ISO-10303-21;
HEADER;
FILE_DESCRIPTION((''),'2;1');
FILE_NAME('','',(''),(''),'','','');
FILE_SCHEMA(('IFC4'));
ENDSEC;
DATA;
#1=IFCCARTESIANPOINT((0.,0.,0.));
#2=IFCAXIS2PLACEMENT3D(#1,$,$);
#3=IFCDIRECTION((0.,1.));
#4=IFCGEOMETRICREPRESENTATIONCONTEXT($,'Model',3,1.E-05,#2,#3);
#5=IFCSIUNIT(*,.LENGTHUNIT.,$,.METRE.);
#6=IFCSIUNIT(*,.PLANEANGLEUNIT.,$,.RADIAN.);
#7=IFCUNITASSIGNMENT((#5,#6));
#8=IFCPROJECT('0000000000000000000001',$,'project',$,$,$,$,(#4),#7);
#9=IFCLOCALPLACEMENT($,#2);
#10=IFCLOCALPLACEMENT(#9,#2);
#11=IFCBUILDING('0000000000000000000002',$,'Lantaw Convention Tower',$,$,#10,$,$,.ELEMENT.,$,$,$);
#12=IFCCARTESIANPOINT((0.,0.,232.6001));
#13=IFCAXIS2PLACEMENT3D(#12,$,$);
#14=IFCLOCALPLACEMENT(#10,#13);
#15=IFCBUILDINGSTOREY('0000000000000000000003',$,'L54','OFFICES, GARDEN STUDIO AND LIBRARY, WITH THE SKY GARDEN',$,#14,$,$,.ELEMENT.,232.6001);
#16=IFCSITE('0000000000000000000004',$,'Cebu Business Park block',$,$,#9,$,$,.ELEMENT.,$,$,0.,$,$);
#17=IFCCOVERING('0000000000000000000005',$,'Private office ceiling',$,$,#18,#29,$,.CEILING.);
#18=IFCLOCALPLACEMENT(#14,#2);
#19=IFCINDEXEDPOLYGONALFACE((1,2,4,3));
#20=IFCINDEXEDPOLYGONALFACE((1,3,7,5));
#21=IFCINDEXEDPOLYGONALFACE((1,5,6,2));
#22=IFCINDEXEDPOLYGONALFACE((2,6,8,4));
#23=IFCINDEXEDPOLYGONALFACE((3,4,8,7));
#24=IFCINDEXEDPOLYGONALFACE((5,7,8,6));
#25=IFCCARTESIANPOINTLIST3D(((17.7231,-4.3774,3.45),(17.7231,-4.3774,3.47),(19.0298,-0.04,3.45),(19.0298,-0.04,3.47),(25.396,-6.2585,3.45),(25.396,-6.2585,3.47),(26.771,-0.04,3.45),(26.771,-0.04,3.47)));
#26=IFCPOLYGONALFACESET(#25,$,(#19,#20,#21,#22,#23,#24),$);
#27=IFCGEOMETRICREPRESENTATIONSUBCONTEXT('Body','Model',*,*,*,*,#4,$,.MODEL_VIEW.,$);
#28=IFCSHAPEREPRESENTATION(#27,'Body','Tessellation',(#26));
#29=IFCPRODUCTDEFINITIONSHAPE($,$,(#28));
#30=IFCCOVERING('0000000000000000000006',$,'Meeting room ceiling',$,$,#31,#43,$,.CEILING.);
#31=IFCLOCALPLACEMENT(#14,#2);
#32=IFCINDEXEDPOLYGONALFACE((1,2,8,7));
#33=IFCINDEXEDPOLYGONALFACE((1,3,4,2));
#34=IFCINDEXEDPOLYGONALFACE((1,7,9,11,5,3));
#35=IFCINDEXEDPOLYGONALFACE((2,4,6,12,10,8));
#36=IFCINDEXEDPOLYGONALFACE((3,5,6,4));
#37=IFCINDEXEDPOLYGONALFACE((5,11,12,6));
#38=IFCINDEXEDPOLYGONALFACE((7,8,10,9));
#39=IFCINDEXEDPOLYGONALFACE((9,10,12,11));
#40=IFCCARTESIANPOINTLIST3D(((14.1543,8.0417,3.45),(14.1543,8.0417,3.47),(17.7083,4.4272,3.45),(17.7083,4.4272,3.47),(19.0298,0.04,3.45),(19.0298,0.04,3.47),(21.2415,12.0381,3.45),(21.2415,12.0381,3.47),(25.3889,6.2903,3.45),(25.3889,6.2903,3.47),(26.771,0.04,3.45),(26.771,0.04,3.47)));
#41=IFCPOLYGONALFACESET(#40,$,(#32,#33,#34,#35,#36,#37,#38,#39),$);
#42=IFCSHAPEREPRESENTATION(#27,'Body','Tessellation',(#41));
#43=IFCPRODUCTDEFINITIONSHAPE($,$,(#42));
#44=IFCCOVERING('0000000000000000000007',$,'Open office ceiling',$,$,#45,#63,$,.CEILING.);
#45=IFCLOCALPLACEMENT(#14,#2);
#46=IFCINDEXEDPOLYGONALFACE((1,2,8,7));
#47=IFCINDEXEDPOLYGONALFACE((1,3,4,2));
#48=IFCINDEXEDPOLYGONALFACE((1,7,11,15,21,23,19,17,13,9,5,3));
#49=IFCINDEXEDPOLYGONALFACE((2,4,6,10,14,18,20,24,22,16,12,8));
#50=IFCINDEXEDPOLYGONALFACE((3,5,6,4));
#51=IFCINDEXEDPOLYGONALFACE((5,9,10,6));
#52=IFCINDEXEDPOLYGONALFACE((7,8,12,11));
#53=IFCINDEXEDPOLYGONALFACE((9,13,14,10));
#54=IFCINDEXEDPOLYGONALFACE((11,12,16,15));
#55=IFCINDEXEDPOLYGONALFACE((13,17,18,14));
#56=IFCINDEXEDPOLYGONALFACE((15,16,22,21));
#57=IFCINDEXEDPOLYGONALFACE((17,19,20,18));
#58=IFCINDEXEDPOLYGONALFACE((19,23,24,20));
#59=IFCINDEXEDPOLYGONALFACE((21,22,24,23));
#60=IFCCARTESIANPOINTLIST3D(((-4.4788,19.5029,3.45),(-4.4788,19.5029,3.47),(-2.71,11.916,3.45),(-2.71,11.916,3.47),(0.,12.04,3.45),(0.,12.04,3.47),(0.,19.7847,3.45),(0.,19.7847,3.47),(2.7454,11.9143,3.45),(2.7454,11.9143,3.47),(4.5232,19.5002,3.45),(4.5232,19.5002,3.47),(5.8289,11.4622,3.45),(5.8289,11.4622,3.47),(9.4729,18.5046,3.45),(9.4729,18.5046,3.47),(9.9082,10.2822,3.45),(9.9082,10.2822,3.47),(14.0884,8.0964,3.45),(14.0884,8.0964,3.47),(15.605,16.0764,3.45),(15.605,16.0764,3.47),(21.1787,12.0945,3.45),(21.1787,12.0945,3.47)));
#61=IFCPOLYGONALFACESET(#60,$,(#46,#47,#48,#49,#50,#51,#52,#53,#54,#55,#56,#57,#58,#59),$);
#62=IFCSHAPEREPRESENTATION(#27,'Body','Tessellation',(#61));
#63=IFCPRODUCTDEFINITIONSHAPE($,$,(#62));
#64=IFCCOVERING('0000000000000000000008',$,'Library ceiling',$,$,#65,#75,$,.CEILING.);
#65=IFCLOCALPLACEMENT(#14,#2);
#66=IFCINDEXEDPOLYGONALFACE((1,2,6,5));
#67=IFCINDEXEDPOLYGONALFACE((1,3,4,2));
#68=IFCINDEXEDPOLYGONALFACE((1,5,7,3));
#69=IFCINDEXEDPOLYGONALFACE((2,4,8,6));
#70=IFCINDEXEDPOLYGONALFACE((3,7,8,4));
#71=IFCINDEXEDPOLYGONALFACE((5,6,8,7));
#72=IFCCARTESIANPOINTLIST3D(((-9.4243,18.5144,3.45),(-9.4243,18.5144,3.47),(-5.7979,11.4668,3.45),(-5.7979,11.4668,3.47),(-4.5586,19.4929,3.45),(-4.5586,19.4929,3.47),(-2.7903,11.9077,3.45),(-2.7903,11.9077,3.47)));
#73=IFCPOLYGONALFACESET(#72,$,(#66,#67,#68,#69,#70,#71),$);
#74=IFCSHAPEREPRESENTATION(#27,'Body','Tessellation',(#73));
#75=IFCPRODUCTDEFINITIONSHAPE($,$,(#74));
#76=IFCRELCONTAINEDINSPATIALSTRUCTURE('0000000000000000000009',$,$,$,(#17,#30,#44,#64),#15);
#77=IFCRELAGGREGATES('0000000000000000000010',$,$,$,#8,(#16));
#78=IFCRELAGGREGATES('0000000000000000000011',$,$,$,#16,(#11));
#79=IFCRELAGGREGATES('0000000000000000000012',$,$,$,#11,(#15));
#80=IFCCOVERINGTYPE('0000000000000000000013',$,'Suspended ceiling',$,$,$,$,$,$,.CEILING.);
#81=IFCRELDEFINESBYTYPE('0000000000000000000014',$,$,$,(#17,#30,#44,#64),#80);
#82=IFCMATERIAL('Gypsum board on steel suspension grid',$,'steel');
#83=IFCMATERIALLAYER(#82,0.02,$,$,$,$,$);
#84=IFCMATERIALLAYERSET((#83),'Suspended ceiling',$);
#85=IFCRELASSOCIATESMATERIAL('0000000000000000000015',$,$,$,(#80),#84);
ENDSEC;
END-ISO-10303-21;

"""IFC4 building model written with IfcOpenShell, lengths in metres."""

from ifc_helpers import new_model, si_unit, direction, frame, origin, place, context, subcontext, project, spatial, polyline, outline, extrude, material, layer, layer_set, type_object, element, save


model = new_model("IFC4")

# Units and contexts
model_context = context("Model", 3, precision=1e-05, world=origin(), true_north=direction((0.0, 1.0)))
body_context = subcontext(model_context, "Body", "Model", "MODEL_VIEW")
ifc_project = project(units=[si_unit("LENGTHUNIT", "METRE"), si_unit("PLANEANGLEUNIT", "RADIAN")], contexts=[model_context])

# Site, building, storey
site_placement = place(None, origin())
site = spatial("IfcSite", under=ifc_project, at=site_placement, Name="Cebu Business Park block", CompositionType="ELEMENT", RefElevation=0.0)
building_placement = place(site_placement, origin())
building = spatial("IfcBuilding", under=site, at=building_placement, Name="Lantaw Convention Tower", CompositionType="ELEMENT")
storey_placement = place(building_placement, frame((0.0, 0.0, 232.6001)))
storey = spatial("IfcBuildingStorey", under=building, at=storey_placement, Name="L54", Description="OFFICES, GARDEN STUDIO AND LIBRARY, WITH THE SKY GARDEN", CompositionType="ELEMENT", Elevation=232.6001)

# Coverings
ifc_material_1 = material(Name="Gypsum board on steel suspension grid", Category="steel")
ifc_layer_1 = layer(ifc_material_1, 0.02)
ifc_layer_set_1 = layer_set([ifc_layer_1], Name="Suspended ceiling")
covering_type = type_object("IfcCoveringType", Name="Suspended ceiling", PredefinedType="CEILING", material=ifc_layer_set_1)
covering_1_placement = place(storey_placement, frame((0.0, 0.0, 3.45)))
element("IfcCovering", 1, at=covering_1_placement, inside=storey, type_object=covering_type, Name="Private office ceiling", PredefinedType="CEILING", context=body_context, shape_type="SweptSolid", body=[
    extrude(outline(polyline([(17.7231, -4.3774), (25.396, -6.2585), (26.771, -0.04), (19.0298, -0.04), (17.7231, -4.3774)])), origin(), (0.0, 0.0, 1.0), 0.02),
])
covering_2_placement = place(storey_placement, frame((0.0, 0.0, 3.45)))
element("IfcCovering", 2, at=covering_2_placement, inside=storey, type_object=covering_type, Name="Meeting room ceiling", PredefinedType="CEILING", context=body_context, shape_type="SweptSolid", body=[
    extrude(outline(polyline([(19.0298, 0.04), (26.771, 0.04), (25.3889, 6.2903), (21.2415, 12.0381), (14.1543, 8.0417), (17.7083, 4.4272), (19.0298, 0.04)])), origin(), (0.0, 0.0, 1.0), 0.02),
])
covering_3_placement = place(storey_placement, frame((0.0, 0.0, 3.45)))
element("IfcCovering", 3, at=covering_3_placement, inside=storey, type_object=covering_type, Name="Open office ceiling", PredefinedType="CEILING", context=body_context, shape_type="SweptSolid", body=[
    extrude(outline(polyline([(14.0884, 8.0964), (21.1787, 12.0945), (15.605, 16.0764), (9.4729, 18.5046), (4.5232, 19.5002), (0.0, 19.7847), (-4.4788, 19.5029), (-2.71, 11.916), (0.0, 12.04), (2.7454, 11.9143), (5.8289, 11.4622), (9.9082, 10.2822), (14.0884, 8.0964)])), origin(), (0.0, 0.0, 1.0), 0.02),
])
covering_4_placement = place(storey_placement, frame((0.0, 0.0, 3.45)))
element("IfcCovering", 4, at=covering_4_placement, inside=storey, type_object=covering_type, Name="Library ceiling", PredefinedType="CEILING", context=body_context, shape_type="SweptSolid", body=[
    extrude(outline(polyline([(-2.7903, 11.9077), (-4.5586, 19.4929), (-9.4243, 18.5144), (-5.7979, 11.4668), (-2.7903, 11.9077)])), origin(), (0.0, 0.0, 1.0), 0.02),
])

save(model, "model.ifc")
